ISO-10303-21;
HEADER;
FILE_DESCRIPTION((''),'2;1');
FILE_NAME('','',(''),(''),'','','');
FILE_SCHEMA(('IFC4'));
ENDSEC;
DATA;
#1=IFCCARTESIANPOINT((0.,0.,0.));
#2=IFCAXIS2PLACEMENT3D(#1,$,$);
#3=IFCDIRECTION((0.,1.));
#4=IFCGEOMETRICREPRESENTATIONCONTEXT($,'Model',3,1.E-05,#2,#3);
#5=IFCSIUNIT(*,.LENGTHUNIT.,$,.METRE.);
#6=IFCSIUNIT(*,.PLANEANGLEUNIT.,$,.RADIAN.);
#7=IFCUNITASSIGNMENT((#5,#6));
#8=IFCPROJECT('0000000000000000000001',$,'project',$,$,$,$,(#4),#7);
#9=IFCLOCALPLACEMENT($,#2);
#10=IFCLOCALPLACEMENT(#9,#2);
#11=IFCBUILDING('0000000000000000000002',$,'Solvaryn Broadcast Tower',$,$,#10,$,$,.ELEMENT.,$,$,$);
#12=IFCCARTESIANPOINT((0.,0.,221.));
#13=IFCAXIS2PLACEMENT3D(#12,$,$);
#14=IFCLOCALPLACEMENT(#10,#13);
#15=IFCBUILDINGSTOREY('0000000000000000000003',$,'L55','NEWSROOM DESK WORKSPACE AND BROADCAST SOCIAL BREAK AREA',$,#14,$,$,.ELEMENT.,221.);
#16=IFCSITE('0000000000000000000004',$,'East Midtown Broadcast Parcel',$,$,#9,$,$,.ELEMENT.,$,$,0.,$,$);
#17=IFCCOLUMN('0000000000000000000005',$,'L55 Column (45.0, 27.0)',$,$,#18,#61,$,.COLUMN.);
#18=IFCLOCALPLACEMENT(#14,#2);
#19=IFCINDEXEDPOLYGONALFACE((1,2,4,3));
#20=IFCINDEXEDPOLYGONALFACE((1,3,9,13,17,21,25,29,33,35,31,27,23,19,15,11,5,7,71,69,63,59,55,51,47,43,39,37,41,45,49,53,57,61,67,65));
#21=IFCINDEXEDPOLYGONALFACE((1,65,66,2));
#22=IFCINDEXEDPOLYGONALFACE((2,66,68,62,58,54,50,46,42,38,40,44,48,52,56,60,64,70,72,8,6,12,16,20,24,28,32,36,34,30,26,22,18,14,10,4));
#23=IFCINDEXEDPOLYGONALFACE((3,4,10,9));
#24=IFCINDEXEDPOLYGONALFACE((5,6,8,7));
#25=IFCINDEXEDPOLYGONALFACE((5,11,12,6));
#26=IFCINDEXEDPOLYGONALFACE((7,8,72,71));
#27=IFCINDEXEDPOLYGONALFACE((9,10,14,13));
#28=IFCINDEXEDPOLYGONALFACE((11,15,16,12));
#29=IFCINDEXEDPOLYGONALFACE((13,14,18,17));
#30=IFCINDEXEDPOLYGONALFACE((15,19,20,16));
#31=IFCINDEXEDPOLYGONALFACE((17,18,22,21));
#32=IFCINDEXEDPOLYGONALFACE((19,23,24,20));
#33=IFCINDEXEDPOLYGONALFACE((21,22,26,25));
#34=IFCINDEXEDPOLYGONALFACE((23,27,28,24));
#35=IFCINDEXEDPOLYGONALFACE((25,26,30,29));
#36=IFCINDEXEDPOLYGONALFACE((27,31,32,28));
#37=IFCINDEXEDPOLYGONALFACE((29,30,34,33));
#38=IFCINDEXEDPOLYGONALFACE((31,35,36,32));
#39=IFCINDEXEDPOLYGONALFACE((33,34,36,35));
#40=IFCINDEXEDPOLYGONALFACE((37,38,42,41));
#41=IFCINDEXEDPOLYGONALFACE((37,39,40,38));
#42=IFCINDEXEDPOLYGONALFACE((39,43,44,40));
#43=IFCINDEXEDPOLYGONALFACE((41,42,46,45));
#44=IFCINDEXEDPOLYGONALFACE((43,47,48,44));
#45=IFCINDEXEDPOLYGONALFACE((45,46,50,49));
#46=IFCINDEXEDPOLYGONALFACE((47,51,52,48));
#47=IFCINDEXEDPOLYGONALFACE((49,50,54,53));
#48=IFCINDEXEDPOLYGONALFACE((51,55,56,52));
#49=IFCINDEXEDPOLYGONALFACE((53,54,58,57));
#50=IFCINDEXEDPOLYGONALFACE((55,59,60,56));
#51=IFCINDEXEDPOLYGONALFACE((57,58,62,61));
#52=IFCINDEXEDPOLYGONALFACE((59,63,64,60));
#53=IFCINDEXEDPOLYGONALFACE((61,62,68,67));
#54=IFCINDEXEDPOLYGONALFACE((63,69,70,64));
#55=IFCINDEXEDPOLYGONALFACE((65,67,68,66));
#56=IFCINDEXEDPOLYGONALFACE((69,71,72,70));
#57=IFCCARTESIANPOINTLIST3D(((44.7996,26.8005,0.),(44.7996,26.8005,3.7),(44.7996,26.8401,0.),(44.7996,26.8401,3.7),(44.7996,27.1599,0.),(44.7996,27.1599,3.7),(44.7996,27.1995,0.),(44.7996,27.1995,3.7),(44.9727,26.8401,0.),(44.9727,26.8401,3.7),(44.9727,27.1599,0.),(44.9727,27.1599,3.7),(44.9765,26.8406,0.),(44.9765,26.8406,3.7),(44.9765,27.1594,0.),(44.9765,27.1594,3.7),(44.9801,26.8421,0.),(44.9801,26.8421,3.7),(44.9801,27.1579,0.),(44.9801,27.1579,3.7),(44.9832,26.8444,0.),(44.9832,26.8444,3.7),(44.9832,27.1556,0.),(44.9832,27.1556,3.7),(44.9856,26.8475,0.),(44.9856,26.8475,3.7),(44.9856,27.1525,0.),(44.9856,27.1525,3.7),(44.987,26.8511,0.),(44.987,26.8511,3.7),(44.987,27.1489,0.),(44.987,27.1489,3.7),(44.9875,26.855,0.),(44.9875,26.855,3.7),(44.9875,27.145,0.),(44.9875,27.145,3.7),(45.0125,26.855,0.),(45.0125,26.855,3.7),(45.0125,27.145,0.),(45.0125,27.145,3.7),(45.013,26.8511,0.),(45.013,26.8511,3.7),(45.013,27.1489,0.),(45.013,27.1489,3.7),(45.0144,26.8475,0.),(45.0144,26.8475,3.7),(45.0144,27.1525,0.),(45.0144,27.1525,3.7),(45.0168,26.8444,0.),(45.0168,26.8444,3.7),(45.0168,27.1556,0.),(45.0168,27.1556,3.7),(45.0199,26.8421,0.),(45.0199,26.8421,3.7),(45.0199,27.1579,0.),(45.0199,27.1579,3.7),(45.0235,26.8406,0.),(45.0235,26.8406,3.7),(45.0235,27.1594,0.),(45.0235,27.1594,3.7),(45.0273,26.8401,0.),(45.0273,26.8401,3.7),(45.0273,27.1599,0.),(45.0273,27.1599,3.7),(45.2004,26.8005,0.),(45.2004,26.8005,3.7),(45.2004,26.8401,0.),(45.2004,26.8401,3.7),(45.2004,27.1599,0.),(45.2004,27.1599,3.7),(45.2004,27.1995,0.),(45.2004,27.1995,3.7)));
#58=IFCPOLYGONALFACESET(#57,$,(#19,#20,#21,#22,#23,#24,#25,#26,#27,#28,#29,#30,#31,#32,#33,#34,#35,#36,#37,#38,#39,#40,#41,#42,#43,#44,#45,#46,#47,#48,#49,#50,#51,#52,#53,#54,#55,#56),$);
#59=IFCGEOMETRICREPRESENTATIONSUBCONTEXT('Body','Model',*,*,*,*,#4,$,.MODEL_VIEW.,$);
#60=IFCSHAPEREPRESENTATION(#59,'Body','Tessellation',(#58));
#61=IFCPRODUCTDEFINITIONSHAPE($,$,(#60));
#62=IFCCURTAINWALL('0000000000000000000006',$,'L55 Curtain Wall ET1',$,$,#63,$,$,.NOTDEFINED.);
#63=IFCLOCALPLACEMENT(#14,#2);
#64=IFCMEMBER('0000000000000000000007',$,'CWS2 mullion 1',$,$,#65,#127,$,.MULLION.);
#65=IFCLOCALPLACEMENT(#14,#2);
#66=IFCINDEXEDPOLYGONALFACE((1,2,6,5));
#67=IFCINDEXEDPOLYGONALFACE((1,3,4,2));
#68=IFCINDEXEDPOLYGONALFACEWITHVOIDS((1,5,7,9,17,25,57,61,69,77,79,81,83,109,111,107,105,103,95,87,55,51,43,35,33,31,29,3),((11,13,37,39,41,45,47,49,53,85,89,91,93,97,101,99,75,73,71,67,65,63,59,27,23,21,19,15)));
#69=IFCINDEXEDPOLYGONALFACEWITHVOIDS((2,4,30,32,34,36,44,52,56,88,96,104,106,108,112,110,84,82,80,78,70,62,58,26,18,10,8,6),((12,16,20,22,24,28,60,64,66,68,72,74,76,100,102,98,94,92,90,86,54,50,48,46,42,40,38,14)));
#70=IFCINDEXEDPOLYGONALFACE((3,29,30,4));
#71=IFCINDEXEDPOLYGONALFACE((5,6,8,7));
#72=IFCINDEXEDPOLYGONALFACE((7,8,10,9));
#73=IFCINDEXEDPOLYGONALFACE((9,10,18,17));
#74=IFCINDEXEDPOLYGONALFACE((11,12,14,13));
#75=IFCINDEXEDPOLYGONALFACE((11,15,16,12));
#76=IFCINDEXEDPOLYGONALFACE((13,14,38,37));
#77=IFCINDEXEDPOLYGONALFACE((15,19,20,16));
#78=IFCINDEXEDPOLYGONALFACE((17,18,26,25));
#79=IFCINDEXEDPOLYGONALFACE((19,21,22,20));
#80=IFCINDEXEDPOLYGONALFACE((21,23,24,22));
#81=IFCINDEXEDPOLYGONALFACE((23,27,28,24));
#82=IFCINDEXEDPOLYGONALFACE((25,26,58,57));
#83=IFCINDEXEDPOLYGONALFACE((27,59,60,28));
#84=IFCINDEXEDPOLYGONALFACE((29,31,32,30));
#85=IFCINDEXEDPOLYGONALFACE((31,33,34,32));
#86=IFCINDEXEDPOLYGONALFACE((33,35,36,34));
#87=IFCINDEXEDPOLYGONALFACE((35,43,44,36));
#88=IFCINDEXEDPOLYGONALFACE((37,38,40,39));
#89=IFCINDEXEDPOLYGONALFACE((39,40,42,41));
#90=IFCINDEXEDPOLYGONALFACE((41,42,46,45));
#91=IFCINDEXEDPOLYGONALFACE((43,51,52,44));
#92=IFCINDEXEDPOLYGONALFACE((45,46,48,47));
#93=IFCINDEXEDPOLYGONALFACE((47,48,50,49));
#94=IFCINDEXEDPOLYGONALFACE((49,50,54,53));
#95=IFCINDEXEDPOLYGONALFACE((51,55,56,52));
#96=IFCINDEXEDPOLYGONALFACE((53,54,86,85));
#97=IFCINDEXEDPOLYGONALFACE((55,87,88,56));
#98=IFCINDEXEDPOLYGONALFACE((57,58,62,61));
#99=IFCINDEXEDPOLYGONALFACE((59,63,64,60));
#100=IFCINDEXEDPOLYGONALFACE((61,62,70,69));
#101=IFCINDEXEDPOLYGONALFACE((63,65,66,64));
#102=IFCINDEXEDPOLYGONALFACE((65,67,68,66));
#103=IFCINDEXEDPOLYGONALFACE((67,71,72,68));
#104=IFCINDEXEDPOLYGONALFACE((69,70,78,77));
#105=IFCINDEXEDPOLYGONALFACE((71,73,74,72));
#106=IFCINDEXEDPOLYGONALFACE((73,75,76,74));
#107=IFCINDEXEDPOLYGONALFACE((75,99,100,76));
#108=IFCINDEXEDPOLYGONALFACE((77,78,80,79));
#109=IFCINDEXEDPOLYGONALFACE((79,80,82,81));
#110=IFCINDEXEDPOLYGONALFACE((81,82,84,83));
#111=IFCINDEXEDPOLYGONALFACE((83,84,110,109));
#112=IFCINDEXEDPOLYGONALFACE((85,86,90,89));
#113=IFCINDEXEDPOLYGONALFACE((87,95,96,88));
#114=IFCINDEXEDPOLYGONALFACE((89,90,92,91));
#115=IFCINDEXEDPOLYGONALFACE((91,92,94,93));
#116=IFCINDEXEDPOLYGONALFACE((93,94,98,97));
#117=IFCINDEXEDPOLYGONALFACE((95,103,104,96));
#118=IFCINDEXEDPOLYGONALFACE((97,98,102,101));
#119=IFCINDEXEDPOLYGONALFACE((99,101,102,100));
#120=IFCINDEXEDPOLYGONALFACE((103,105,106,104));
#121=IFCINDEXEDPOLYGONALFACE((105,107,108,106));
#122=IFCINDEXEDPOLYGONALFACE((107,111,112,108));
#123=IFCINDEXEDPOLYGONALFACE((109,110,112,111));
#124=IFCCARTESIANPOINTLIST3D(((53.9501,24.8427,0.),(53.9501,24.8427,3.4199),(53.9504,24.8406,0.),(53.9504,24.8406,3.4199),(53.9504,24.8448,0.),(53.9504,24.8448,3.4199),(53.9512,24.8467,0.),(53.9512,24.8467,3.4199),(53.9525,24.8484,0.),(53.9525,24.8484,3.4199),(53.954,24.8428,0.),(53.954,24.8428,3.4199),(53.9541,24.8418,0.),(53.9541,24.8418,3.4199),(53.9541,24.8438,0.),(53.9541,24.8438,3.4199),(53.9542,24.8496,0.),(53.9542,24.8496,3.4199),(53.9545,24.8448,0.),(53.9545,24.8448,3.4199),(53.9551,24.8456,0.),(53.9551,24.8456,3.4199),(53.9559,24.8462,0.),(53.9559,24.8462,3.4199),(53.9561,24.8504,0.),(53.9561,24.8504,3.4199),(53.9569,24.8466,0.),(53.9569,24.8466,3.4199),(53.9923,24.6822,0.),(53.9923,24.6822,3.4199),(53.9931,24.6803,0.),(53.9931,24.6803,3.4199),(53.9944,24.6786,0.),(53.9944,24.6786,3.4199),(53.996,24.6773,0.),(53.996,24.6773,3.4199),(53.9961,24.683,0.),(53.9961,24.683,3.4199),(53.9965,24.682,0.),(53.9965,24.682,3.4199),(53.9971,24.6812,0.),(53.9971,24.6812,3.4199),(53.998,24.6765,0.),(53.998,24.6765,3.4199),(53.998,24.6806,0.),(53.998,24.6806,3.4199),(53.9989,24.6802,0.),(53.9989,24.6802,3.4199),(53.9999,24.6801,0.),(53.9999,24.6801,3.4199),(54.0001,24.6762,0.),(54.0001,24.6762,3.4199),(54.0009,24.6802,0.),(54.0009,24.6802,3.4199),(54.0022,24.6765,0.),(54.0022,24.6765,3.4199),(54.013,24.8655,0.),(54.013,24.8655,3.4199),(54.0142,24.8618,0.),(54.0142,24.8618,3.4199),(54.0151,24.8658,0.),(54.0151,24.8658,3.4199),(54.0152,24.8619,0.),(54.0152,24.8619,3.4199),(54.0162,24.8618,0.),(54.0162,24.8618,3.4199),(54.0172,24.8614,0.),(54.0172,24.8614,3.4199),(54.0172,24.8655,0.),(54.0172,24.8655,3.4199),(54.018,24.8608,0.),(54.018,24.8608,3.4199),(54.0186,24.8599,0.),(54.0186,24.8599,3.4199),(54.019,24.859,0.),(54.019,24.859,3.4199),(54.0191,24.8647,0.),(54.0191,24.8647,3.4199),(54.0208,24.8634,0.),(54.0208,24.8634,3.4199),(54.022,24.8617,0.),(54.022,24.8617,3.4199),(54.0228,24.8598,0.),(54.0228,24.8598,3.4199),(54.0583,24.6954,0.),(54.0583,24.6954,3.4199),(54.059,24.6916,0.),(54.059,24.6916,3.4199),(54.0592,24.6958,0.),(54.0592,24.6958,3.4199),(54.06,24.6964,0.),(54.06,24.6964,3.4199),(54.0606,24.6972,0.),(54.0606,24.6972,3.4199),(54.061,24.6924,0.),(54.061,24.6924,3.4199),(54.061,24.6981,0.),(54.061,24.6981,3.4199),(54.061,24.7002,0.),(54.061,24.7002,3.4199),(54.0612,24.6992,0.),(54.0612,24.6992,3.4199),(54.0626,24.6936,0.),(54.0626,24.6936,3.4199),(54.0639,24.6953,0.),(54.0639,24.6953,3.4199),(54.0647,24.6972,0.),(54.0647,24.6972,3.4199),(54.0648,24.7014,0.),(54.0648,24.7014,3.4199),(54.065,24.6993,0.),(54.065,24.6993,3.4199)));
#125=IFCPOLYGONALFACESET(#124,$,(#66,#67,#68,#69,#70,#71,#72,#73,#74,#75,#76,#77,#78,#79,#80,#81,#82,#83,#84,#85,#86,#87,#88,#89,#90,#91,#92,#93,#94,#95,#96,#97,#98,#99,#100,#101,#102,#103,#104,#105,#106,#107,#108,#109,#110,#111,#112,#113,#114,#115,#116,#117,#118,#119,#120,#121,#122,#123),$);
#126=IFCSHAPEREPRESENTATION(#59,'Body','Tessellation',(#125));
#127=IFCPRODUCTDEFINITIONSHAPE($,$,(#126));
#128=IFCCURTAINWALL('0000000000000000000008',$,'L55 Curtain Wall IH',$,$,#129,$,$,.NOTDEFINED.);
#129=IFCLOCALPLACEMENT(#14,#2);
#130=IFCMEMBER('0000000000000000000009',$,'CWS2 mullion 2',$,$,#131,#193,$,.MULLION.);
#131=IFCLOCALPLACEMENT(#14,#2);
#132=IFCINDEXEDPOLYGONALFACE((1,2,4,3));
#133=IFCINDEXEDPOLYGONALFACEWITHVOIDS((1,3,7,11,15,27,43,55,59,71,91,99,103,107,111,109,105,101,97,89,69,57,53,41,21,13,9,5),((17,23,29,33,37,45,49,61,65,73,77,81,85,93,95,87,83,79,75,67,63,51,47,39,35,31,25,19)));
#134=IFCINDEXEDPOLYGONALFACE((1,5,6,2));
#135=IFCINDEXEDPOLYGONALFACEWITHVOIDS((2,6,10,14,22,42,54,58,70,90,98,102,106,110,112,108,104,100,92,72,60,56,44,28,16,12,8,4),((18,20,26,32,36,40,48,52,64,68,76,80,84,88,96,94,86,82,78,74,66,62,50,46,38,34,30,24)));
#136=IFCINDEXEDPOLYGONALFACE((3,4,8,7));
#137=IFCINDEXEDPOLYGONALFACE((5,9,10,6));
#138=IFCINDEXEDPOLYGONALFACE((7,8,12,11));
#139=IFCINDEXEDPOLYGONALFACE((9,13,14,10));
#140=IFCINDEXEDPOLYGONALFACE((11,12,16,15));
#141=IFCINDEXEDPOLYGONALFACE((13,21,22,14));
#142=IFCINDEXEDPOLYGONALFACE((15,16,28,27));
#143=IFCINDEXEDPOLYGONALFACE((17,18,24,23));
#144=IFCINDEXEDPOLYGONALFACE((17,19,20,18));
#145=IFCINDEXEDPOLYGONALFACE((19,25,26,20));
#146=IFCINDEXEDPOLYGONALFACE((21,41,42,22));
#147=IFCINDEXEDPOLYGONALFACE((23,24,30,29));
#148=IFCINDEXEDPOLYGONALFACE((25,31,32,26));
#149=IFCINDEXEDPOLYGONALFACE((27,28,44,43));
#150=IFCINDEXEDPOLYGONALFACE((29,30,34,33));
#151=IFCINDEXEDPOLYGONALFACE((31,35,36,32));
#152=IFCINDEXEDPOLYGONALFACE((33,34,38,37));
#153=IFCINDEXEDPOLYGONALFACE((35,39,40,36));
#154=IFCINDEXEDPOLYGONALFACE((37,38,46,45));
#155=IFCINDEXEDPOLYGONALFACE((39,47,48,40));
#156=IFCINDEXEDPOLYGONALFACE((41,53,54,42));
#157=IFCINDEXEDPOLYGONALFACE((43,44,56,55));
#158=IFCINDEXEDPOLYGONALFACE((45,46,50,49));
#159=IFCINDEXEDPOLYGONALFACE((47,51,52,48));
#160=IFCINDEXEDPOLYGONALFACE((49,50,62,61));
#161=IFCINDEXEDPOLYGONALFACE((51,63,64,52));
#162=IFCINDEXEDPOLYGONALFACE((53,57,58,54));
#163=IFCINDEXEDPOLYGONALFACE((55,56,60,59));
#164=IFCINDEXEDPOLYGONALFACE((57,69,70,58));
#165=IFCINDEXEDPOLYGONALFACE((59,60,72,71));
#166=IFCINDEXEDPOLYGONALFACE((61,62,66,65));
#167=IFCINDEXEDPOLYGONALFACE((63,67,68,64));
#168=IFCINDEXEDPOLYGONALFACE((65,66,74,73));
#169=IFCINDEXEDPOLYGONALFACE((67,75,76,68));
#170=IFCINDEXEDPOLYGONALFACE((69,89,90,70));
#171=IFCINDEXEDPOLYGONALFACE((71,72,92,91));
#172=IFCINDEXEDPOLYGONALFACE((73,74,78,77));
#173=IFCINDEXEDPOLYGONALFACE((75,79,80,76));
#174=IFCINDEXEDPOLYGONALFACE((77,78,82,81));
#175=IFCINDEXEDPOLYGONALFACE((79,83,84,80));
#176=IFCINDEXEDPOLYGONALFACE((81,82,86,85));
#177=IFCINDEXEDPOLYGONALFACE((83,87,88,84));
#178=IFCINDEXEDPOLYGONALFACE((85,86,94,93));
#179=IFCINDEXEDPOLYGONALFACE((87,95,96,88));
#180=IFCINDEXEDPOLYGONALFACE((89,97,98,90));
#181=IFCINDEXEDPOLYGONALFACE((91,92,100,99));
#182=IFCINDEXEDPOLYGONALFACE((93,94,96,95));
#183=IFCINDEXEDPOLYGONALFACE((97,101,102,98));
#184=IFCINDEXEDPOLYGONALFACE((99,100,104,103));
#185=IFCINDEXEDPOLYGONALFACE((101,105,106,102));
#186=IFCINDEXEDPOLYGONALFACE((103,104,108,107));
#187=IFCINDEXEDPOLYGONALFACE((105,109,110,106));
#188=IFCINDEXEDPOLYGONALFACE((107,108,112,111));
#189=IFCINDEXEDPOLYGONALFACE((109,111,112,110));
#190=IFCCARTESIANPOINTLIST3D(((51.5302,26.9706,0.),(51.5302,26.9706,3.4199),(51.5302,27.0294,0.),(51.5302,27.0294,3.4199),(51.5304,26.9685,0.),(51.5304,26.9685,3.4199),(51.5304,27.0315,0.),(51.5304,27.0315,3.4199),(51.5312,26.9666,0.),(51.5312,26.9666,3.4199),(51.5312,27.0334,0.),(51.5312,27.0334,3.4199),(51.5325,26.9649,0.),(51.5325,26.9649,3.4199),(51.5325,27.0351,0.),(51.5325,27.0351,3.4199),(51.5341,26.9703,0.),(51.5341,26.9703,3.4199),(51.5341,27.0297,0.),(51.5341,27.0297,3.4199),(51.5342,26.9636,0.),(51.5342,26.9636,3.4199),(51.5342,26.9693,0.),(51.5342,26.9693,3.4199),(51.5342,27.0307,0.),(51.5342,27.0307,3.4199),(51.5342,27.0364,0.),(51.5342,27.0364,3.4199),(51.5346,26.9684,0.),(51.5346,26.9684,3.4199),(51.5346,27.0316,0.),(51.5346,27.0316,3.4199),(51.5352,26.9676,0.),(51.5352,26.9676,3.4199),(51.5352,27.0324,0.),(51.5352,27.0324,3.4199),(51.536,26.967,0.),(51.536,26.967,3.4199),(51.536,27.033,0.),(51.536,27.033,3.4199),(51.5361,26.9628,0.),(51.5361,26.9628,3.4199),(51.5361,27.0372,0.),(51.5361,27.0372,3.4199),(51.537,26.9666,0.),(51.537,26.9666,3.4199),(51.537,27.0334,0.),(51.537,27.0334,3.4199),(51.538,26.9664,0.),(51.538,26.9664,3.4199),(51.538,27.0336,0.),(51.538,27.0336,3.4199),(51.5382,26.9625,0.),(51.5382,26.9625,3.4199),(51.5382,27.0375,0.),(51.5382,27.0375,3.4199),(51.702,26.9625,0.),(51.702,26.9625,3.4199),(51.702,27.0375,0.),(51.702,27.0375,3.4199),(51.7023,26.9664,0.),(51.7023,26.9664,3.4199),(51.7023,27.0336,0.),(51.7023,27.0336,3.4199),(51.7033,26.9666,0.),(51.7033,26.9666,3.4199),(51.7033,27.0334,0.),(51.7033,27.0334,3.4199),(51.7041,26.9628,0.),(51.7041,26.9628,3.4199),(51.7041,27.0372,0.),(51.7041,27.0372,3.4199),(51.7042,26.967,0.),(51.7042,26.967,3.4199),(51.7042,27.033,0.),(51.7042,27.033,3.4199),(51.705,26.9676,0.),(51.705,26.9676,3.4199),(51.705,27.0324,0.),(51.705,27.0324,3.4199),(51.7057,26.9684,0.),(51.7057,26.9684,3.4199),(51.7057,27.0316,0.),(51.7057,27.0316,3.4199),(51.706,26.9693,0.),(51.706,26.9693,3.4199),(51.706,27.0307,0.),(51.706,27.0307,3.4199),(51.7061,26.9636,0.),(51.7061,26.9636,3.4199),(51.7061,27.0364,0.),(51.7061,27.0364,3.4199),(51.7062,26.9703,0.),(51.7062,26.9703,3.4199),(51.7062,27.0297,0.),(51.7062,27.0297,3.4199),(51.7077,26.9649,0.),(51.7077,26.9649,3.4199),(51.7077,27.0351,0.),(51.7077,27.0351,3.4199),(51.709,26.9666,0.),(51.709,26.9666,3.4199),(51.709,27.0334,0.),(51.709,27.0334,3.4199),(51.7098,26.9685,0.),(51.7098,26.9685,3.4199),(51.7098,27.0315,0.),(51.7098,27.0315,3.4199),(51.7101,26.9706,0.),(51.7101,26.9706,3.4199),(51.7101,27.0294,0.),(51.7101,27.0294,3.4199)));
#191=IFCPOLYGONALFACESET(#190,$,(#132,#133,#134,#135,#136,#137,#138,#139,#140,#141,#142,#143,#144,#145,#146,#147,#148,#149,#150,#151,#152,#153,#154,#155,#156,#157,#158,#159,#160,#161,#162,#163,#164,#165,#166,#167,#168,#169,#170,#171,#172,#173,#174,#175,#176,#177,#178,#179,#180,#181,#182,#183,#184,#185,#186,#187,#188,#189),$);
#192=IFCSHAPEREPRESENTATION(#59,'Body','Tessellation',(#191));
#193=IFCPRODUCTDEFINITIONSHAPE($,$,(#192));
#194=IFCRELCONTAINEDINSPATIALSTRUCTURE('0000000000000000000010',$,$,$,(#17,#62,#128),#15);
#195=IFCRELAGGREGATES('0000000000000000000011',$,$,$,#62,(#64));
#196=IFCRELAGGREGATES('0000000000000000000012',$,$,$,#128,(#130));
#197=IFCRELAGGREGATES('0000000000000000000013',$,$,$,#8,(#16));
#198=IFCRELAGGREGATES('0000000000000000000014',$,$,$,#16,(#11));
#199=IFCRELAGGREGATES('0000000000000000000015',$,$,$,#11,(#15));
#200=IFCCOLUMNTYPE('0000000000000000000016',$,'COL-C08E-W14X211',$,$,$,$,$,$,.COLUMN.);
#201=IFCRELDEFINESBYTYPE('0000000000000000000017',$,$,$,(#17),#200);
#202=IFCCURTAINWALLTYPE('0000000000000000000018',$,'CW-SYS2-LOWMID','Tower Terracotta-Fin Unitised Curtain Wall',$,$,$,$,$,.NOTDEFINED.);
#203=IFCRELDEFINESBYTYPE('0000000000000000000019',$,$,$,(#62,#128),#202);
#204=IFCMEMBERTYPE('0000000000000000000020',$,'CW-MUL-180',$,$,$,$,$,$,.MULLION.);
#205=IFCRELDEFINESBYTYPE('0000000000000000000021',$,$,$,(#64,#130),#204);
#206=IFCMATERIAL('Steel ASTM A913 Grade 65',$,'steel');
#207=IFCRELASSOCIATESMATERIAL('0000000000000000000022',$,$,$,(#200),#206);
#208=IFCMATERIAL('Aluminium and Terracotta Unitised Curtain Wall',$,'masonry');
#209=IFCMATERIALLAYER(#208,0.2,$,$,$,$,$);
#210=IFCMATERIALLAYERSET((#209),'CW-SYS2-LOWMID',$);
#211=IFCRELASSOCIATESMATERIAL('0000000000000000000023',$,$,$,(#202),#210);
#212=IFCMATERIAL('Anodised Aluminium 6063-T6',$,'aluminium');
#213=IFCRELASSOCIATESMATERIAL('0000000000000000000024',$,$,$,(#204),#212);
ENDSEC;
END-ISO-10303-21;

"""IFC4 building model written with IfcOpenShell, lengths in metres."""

from ifc_helpers import new_model, si_unit, direction, frame, origin, origin_2d, place, context, subcontext, project, spatial, hollow_rectangle, i_section, extrude, material, layer, layer_set, material_profile, profile_set, type_object, element, aggregate, save


model = new_model("IFC4")

# Units and contexts
model_context = context("Model", 3, precision=1e-05, world=origin(), true_north=direction((0.0, 1.0)))
body_context = subcontext(model_context, "Body", "Model", "MODEL_VIEW")
ifc_project = project(units=[si_unit("LENGTHUNIT", "METRE"), si_unit("PLANEANGLEUNIT", "RADIAN")], contexts=[model_context])

# Site, building, storey
site_placement = place(None, origin())
site = spatial("IfcSite", under=ifc_project, at=site_placement, Name="East Midtown Broadcast Parcel", CompositionType="ELEMENT", RefElevation=0.0)
building_placement = place(site_placement, origin())
building = spatial("IfcBuilding", under=site, at=building_placement, Name="Solvaryn Broadcast Tower", CompositionType="ELEMENT")
storey_placement = place(building_placement, frame((0.0, 0.0, 221.0)))
storey = spatial("IfcBuildingStorey", under=building, at=storey_placement, Name="L55", Description="NEWSROOM DESK WORKSPACE AND BROADCAST SOCIAL BREAK AREA", CompositionType="ELEMENT", Elevation=221.0)

# Column
ifc_material_1 = material(Name="Steel ASTM A913 Grade 65", Category="steel")
ifc_material_profile_1 = material_profile(ifc_material_1, i_section(OverallWidth=0.4009, OverallDepth=0.3989, WebThickness=0.0249, FlangeThickness=0.0396, FilletRadius=0.0149, at=origin_2d()))
ifc_profile_set_1 = profile_set([ifc_material_profile_1], Name="Steel ASTM A913 Grade 65")
column_type = type_object("IfcColumnType", Name="COL-C08E-W14X211", PredefinedType="COLUMN", material=ifc_profile_set_1)
column_placement = place(storey_placement, frame((45.0, 27.0, 0.0), z_axis=(0.0, 0.0, 1.0), x_axis=(1.0, 0.0, 0.0)))
element("IfcColumn", 1, at=column_placement, inside=storey, type_object=column_type, Name="L55 Column (45.0, 27.0)", PredefinedType="COLUMN", context=body_context, shape_type="SweptSolid", body=[
    extrude(i_section(OverallWidth=0.4009, OverallDepth=0.3989, WebThickness=0.0249, FlangeThickness=0.0396, FilletRadius=0.0149, at=origin_2d()), origin(), (0.0, 0.0, 1.0), 3.7),
])

# Curtain walls, members
ifc_material_2 = material(Name="Aluminium and Terracotta Unitised Curtain Wall", Category="masonry")
ifc_layer_1 = layer(ifc_material_2, 0.2)
ifc_layer_set_1 = layer_set([ifc_layer_1], Name="CW-SYS2-LOWMID")
curtain_wall_type = type_object("IfcCurtainWallType", Name="CW-SYS2-LOWMID", Description="Tower Terracotta-Fin Unitised Curtain Wall", PredefinedType="NOTDEFINED", material=ifc_layer_set_1)
curtain_wall_1_placement = place(storey_placement, origin())
curtain_wall_1 = element("IfcCurtainWall", 2, at=curtain_wall_1_placement, inside=storey, type_object=curtain_wall_type, Name="L55 Curtain Wall ET1", PredefinedType="NOTDEFINED")
ifc_material_3 = material(Name="Anodised Aluminium 6063-T6", Category="aluminium")
ifc_material_profile_2 = material_profile(ifc_material_3, hollow_rectangle(XDim=0.075, YDim=0.1799, WallThickness=0.0039, InnerFilletRadius=0.0039, OuterFilletRadius=0.0081, at=origin_2d()))
ifc_profile_set_2 = profile_set([ifc_material_profile_2], Name="Anodised Aluminium 6063-T6")
member_type_1 = type_object("IfcMemberType", Name="CW-MUL-180", PredefinedType="MULLION", material=ifc_profile_set_2)
member_1_placement = place(storey_placement, frame((54.0076, 24.771, 0.0), z_axis=(0.0, 0.0, 1.0), x_axis=(0.966705, 0.255893, 0.0)))
member_1 = element("IfcMember", 3, at=member_1_placement, type_object=member_type_1, Name="CWS2 mullion 1", PredefinedType="MULLION", context=body_context, shape_type="SweptSolid", body=[
    extrude(hollow_rectangle(XDim=0.075, YDim=0.1799, WallThickness=0.0039, InnerFilletRadius=0.0039, OuterFilletRadius=0.0081, at=origin_2d()), origin(), (0.0, 0.0, 1.0), 3.4199),
])
curtain_wall_2_placement = place(storey_placement, origin())
curtain_wall_2 = element("IfcCurtainWall", 4, at=curtain_wall_2_placement, inside=storey, type_object=curtain_wall_type, Name="L55 Curtain Wall IH", PredefinedType="NOTDEFINED")
member_2_placement = place(storey_placement, frame((51.6201, 27.0, 0.0), z_axis=(0.0, 0.0, 1.0), x_axis=(0.0, 1.0, 0.0)))
member_2 = element("IfcMember", 5, at=member_2_placement, type_object=member_type_1, Name="CWS2 mullion 2", PredefinedType="MULLION", context=body_context, shape_type="SweptSolid", body=[
    extrude(hollow_rectangle(XDim=0.075, YDim=0.1799, WallThickness=0.0039, InnerFilletRadius=0.0039, OuterFilletRadius=0.0081, at=origin_2d()), origin(), (0.0, 0.0, 1.0), 3.4199),
])

aggregate(curtain_wall_1, [member_1])
aggregate(curtain_wall_2, [member_2])

save(model, "model.ifc")
